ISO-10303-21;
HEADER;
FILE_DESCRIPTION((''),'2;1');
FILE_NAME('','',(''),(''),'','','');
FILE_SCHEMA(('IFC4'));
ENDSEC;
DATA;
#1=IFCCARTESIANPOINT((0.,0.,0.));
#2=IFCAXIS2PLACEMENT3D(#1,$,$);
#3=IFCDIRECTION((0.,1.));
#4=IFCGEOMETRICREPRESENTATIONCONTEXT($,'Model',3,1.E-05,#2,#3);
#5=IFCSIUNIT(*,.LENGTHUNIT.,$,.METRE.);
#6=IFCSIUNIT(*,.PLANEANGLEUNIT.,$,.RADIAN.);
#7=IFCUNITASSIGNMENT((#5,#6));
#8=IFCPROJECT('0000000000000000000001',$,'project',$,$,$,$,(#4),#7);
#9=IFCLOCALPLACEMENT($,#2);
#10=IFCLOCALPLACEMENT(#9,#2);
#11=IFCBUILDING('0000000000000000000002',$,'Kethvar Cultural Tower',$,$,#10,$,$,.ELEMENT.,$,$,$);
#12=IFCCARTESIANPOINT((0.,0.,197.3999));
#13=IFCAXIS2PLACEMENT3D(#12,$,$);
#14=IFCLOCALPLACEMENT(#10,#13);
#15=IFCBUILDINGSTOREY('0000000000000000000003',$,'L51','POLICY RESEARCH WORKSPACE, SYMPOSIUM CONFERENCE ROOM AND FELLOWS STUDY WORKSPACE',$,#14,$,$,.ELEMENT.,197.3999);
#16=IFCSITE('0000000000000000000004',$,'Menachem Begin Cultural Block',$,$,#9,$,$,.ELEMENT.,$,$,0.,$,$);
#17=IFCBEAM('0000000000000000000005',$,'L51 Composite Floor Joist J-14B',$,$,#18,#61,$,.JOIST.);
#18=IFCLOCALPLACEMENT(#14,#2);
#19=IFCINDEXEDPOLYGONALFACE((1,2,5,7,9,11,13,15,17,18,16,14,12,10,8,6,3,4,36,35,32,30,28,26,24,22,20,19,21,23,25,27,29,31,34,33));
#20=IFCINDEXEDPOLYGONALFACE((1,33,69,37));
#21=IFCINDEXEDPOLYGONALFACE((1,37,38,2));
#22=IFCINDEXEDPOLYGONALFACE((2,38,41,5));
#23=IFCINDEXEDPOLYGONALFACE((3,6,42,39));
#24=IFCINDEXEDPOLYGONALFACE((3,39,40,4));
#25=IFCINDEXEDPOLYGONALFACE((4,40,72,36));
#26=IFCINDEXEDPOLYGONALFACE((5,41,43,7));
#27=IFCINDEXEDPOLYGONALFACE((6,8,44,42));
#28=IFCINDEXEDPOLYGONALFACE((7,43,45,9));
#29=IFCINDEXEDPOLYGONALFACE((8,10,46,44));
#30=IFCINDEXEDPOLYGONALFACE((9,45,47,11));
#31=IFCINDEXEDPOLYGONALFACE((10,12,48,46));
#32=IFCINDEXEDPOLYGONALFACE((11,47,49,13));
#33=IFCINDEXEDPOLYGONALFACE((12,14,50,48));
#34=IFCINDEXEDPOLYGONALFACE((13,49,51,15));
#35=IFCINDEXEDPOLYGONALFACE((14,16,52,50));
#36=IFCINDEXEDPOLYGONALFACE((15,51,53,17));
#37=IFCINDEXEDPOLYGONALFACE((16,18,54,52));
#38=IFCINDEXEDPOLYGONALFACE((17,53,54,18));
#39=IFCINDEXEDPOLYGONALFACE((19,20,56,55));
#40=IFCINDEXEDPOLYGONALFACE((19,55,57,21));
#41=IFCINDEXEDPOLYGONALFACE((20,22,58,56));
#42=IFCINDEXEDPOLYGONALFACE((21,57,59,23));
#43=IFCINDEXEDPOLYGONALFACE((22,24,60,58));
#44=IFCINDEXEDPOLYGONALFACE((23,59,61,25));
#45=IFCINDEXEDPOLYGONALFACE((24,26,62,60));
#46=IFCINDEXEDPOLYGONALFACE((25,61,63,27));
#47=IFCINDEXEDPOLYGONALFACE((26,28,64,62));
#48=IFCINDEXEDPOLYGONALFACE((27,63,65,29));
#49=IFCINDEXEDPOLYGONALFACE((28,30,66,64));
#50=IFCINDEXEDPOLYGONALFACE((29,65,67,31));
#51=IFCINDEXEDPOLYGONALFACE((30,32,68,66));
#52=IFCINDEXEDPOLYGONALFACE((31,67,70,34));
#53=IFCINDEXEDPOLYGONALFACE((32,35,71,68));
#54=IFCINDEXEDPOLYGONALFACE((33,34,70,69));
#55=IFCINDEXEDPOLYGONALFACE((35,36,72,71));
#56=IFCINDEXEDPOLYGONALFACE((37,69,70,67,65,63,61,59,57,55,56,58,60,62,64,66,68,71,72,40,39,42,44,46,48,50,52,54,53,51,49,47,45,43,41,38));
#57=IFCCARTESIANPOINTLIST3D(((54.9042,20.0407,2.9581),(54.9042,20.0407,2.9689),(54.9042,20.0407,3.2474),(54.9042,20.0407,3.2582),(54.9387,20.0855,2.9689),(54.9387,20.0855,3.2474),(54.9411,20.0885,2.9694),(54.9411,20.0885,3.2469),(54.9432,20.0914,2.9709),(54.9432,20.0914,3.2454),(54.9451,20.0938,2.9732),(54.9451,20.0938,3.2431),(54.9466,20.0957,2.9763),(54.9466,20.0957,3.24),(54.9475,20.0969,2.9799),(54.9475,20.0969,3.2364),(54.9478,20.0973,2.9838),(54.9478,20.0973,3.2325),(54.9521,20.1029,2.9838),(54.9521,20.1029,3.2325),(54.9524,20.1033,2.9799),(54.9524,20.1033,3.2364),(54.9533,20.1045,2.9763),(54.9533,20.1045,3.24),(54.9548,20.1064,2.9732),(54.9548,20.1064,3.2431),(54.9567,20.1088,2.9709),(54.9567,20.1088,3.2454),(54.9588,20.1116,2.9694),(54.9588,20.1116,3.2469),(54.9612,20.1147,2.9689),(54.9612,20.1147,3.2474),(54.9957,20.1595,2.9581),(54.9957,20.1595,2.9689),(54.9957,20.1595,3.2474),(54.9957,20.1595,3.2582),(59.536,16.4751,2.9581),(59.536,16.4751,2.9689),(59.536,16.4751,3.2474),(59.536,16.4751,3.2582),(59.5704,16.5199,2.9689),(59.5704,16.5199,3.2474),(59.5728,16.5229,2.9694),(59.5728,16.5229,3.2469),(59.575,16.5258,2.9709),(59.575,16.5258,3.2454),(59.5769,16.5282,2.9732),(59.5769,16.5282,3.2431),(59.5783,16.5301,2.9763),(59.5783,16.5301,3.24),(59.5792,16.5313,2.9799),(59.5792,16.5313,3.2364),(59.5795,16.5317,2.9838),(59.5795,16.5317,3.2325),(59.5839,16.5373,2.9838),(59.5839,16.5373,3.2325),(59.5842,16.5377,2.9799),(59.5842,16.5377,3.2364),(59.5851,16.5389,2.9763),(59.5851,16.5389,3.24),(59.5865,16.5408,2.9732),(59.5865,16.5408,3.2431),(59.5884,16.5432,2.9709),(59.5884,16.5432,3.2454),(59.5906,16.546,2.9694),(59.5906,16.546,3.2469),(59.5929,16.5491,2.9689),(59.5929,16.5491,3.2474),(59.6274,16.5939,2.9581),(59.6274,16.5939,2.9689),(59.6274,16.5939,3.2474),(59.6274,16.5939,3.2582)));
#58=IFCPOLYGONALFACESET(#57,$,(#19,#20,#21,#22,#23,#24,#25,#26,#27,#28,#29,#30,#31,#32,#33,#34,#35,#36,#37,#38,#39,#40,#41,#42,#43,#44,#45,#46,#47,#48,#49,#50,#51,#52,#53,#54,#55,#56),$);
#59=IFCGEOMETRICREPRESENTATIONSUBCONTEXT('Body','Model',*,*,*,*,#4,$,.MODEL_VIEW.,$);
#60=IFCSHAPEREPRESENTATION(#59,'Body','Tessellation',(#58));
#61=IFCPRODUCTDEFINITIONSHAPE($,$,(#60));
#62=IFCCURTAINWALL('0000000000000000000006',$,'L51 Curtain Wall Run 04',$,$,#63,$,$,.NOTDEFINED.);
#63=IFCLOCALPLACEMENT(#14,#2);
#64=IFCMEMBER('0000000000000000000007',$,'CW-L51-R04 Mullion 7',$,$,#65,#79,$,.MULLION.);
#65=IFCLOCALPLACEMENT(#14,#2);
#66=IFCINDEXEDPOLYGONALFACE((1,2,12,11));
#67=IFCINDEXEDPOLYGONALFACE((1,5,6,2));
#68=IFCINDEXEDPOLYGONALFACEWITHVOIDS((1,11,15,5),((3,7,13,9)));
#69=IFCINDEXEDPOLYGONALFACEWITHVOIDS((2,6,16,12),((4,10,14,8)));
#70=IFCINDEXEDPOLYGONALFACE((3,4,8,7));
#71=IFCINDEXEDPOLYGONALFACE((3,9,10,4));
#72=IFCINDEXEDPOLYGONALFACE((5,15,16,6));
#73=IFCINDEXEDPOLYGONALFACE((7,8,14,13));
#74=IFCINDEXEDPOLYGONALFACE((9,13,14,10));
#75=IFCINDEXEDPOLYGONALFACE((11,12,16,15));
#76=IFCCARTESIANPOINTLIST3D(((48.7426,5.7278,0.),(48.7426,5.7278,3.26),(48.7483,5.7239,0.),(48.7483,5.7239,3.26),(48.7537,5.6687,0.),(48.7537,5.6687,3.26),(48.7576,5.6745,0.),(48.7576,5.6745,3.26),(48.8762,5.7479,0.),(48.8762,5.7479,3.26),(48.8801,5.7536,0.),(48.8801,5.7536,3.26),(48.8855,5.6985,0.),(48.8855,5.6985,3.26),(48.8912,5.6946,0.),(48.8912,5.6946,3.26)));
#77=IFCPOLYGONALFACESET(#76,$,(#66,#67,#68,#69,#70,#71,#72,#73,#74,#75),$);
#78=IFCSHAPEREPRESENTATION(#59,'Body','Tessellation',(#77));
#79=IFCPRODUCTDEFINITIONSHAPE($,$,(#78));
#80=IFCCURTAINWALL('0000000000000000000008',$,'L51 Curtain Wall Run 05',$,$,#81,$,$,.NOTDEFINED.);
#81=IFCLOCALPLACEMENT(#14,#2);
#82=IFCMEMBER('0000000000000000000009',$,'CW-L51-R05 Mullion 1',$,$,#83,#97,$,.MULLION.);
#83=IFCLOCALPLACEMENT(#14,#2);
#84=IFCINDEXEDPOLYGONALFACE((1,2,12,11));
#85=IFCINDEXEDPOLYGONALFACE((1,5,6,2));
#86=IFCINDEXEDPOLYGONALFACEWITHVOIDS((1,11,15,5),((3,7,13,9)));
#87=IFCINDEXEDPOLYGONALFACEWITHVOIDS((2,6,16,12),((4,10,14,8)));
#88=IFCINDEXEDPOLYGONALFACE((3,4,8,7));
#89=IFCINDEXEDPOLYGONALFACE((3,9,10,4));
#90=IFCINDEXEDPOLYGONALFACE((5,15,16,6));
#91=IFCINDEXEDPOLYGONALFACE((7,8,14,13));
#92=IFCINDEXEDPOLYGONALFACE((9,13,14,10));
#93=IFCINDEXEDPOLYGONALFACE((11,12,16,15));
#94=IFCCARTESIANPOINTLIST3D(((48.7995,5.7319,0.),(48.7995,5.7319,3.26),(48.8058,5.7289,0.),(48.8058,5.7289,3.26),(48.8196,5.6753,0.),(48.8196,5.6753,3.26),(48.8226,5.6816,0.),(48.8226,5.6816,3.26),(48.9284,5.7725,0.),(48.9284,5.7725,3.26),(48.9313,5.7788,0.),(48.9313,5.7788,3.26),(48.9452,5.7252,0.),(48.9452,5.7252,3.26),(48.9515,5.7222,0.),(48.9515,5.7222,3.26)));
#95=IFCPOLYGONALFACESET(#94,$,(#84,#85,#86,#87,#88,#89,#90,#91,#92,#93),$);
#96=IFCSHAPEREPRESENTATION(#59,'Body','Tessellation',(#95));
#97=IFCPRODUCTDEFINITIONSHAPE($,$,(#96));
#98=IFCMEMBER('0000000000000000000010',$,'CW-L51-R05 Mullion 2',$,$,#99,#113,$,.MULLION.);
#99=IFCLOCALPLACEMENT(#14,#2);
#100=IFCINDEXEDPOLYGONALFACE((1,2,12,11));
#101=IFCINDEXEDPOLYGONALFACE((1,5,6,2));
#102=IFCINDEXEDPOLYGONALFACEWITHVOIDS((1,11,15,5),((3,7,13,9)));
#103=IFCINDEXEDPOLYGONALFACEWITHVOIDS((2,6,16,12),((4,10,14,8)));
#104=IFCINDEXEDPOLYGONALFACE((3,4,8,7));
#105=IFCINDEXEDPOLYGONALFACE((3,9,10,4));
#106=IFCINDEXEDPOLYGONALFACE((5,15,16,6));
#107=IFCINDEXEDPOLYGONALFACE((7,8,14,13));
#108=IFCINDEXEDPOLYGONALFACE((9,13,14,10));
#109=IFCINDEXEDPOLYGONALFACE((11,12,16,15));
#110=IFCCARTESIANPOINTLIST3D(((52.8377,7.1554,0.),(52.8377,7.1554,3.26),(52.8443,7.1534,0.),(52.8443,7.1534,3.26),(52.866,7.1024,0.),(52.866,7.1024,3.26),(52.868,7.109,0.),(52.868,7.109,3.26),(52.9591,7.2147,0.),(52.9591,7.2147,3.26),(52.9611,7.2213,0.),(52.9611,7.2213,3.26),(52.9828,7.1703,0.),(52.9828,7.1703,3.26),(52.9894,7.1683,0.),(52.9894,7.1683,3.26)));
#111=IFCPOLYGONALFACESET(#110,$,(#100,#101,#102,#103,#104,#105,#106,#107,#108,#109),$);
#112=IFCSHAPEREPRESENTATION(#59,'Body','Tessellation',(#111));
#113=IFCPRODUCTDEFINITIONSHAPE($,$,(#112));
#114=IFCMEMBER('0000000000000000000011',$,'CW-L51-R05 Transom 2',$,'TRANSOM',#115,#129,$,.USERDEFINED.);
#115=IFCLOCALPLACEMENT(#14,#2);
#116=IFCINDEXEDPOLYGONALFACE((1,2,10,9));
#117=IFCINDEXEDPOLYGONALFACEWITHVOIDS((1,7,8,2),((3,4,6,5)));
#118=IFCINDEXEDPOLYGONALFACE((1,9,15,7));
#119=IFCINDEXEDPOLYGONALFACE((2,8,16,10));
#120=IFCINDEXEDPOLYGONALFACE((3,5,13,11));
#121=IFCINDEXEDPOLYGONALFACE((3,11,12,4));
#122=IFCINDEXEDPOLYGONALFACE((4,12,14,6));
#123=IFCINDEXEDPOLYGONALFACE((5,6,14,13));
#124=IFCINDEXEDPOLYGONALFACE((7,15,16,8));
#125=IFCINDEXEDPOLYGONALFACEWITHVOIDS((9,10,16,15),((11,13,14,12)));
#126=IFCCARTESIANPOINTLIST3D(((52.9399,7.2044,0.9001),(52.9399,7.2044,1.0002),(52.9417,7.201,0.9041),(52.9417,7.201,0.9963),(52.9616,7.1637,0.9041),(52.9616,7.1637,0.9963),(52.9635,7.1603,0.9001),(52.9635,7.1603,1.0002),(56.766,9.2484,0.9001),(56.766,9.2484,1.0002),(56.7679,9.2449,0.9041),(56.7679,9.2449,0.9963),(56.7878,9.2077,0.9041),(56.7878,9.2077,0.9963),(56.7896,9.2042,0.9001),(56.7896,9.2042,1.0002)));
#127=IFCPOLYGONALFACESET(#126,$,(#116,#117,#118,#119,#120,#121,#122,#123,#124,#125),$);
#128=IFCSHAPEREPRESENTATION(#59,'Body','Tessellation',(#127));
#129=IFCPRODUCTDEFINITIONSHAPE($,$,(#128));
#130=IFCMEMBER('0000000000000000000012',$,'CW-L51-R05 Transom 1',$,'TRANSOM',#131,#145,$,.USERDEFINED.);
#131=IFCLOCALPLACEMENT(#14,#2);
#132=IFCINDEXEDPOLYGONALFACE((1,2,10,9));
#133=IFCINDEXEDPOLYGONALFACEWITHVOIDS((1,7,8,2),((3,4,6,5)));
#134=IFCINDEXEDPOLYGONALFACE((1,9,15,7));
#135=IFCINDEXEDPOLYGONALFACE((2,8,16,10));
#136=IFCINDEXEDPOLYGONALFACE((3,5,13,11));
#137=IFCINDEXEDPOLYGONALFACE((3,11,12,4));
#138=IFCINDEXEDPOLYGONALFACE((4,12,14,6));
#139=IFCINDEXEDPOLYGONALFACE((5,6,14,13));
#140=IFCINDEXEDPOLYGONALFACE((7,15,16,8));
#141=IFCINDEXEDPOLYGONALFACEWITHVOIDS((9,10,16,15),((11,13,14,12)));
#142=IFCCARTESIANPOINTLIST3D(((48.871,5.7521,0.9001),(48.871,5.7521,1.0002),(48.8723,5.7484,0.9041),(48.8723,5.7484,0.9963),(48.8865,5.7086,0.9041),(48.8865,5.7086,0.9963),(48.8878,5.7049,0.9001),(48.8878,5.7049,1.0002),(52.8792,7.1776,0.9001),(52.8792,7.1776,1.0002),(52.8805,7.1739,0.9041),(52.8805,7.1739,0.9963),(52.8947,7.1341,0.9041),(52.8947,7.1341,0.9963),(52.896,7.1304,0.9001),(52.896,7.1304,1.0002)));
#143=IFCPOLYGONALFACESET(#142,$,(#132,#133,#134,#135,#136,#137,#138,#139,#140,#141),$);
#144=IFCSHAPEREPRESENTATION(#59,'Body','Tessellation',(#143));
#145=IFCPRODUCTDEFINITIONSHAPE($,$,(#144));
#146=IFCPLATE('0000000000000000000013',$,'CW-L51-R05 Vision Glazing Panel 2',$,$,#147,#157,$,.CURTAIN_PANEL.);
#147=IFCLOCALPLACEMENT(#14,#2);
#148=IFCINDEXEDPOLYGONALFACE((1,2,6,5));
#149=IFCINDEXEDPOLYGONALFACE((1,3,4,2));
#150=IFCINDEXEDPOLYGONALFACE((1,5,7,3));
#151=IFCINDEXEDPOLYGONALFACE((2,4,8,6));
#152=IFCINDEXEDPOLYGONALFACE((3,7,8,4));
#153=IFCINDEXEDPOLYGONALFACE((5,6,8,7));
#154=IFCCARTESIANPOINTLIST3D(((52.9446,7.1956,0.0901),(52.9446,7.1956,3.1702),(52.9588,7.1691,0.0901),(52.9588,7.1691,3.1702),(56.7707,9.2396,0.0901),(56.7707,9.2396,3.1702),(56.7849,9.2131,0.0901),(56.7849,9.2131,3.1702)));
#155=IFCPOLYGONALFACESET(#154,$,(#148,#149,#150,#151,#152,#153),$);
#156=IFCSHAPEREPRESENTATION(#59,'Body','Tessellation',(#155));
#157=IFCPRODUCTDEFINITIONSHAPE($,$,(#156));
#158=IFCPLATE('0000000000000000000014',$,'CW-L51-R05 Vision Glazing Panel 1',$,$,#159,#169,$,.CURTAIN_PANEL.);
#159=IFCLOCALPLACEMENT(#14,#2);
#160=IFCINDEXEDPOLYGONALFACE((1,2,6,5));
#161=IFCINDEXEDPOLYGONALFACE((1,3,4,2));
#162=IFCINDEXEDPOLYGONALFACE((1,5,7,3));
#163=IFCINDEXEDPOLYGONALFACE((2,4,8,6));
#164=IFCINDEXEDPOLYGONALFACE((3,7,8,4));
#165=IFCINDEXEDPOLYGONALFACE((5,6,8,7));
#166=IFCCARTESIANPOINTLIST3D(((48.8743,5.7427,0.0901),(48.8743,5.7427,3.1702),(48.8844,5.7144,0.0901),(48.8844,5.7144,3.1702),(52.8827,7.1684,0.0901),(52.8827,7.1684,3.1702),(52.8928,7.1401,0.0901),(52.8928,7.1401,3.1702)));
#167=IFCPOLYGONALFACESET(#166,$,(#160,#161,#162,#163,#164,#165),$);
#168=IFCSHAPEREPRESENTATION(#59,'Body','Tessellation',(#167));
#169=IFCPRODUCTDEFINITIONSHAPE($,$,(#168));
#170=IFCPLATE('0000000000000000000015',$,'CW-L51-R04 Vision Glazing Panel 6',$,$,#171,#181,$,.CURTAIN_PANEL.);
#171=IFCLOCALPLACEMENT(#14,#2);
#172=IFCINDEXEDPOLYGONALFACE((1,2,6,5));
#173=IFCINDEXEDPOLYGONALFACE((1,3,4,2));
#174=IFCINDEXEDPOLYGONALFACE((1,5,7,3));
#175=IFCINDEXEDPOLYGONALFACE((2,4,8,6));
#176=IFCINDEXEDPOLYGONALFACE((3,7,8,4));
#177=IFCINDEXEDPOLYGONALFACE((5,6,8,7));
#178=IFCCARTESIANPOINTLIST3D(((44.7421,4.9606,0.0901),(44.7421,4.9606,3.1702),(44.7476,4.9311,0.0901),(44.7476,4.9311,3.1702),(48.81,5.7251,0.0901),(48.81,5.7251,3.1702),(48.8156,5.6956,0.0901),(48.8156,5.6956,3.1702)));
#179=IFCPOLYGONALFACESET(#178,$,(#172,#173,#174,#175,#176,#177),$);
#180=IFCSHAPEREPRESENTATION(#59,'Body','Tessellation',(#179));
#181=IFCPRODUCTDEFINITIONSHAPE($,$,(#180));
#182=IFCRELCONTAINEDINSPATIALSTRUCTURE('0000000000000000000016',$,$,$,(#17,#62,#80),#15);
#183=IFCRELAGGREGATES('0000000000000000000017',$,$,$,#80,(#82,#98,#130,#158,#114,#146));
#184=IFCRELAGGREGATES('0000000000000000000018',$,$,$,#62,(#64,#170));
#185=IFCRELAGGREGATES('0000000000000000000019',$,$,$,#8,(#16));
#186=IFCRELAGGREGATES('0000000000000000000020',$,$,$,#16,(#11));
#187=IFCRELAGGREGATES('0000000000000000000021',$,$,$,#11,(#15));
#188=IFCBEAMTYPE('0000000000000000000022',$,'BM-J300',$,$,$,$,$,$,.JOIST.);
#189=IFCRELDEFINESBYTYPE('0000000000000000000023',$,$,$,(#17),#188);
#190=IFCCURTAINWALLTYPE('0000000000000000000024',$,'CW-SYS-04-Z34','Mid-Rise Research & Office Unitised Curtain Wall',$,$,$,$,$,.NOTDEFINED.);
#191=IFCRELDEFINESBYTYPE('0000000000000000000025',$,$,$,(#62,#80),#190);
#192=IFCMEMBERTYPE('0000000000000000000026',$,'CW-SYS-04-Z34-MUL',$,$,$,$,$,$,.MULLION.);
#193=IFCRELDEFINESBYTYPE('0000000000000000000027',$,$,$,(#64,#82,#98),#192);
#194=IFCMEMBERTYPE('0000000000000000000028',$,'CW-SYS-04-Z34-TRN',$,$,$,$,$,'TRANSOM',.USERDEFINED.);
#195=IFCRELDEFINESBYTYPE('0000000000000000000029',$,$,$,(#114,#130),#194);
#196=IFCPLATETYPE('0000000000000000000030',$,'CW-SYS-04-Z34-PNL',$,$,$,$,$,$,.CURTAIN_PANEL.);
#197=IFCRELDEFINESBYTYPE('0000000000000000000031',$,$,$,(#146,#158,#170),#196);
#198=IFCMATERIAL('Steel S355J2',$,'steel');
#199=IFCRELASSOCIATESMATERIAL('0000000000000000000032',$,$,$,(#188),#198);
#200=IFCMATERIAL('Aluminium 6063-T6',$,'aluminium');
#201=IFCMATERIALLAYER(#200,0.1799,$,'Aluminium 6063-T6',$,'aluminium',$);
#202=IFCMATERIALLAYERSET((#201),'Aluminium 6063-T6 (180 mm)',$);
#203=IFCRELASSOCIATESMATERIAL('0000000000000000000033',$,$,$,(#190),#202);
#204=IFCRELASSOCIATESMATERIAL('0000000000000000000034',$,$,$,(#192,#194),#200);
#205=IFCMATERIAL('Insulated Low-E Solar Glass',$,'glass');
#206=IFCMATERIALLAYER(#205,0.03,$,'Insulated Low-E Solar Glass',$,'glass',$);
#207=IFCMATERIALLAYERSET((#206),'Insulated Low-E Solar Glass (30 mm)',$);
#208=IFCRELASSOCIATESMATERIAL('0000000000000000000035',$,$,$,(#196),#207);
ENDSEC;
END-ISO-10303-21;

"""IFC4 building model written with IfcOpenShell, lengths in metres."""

from ifc_helpers import new_model, si_unit, direction, frame, origin, origin_2d, place, context, subcontext, project, spatial, rectangle, hollow_rectangle, i_section, extrude, source, transform, mapped, material, layer, layer_set, material_profile, profile_set, type_object, element, aggregate, save


model = new_model("IFC4")

# Units and contexts
model_context = context("Model", 3, precision=1e-05, world=origin(), true_north=direction((0.0, 1.0)))
body_context = subcontext(model_context, "Body", "Model", "MODEL_VIEW")
ifc_project = project(units=[si_unit("LENGTHUNIT", "METRE"), si_unit("PLANEANGLEUNIT", "RADIAN")], contexts=[model_context])

# Site, building, storey
site_placement = place(None, origin())
site = spatial("IfcSite", under=ifc_project, at=site_placement, Name="Menachem Begin Cultural Block", CompositionType="ELEMENT", RefElevation=0.0)
building_placement = place(site_placement, origin())
building = spatial("IfcBuilding", under=site, at=building_placement, Name="Kethvar Cultural Tower", CompositionType="ELEMENT")
storey_placement = place(building_placement, frame((0.0, 0.0, 197.3999)))
storey = spatial("IfcBuildingStorey", under=building, at=storey_placement, Name="L51", Description="POLICY RESEARCH WORKSPACE, SYMPOSIUM CONFERENCE ROOM AND FELLOWS STUDY WORKSPACE", CompositionType="ELEMENT", Elevation=197.3999)

# Beam
ifc_material_1 = material(Name="Steel S355J2", Category="steel")
ifc_material_profile_1 = material_profile(ifc_material_1, i_section(OverallWidth=0.1499, OverallDepth=0.3, WebThickness=0.0071, FlangeThickness=0.0107, FilletRadius=0.0149, at=origin_2d()), Name="Steel S355J2 — IPE300")
ifc_profile_set_1 = profile_set([ifc_material_profile_1], Name="Steel S355J2 — IPE300")
beam_type_1 = type_object("IfcBeamType", Name="BM-J300", PredefinedType="JOIST", material=ifc_profile_set_1)
shared_shape_1 = source(origin(), body_context, "Body", "SweptSolid", [
    extrude(i_section(OverallWidth=0.1499, OverallDepth=0.3, WebThickness=0.0071, FlangeThickness=0.0107, FilletRadius=0.0149, at=origin_2d()), origin(), (0.0, 0.0, 1.0), 5.8452),
])
beam_1_placement = place(storey_placement, frame((54.95, 20.1001, 3.1082), z_axis=(0.792399, -0.610003, 0.0), x_axis=(0.610003, 0.792399, 0.0)))
element("IfcBeam", 1, at=beam_1_placement, inside=storey, type_object=beam_type_1, Name="L51 Composite Floor Joist J-14B", PredefinedType="JOIST", context=body_context, shape_type="MappedRepresentation", body=[
    mapped(shared_shape_1, transform((0.0, 0.0, 0.0), scale=1.0)),
])

# Curtain wall, member
ifc_material_2 = material(Name="Aluminium 6063-T6", Category="aluminium")
ifc_layer_1 = layer(ifc_material_2, 0.1799, Name="Aluminium 6063-T6", Category="aluminium")
ifc_layer_set_1 = layer_set([ifc_layer_1], Name="Aluminium 6063-T6 (180 mm)")
curtain_wall_type = type_object("IfcCurtainWallType", Name="CW-SYS-04-Z34", Description="Mid-Rise Research & Office Unitised Curtain Wall", PredefinedType="NOTDEFINED", material=ifc_layer_set_1)
curtain_wall_1_placement = place(storey_placement, origin())
curtain_wall_1 = element("IfcCurtainWall", 2, at=curtain_wall_1_placement, inside=storey, type_object=curtain_wall_type, Name="L51 Curtain Wall Run 04", PredefinedType="NOTDEFINED")
ifc_material_profile_2 = material_profile(ifc_material_2, hollow_rectangle(XDim=0.0601, YDim=0.1399, WallThickness=0.0049, at=origin_2d()), Name="Aluminium 6063-T6 — RHS140x60x5")
ifc_profile_set_2 = profile_set([ifc_material_profile_2], Name="Aluminium 6063-T6 — RHS140x60x5")
member_type_1 = type_object("IfcMemberType", Name="CW-SYS-04-Z34-MUL", PredefinedType="MULLION", material=ifc_profile_set_2)
shared_shape_2 = source(origin(), body_context, "Body", "SweptSolid", [
    extrude(hollow_rectangle(XDim=0.0601, YDim=0.1399, WallThickness=0.0049, at=origin_2d()), origin(), (0.0, 0.0, 1.0), 3.26),
])
member_1_placement = place(storey_placement, frame((48.8169, 5.7112, 0.0), z_axis=(0.0, 0.0, 1.0), x_axis=(-0.184706, 0.982794, 0.0)))
member_1 = element("IfcMember", 3, at=member_1_placement, type_object=member_type_1, Name="CW-L51-R04 Mullion 7", PredefinedType="MULLION", context=body_context, shape_type="MappedRepresentation", body=[
    mapped(shared_shape_2, transform((0.0, 0.0, 0.0), scale=1.0)),
])

# Curtain wall, members, plates
curtain_wall_2_placement = place(storey_placement, origin())
curtain_wall_2 = element("IfcCurtainWall", 4, at=curtain_wall_2_placement, inside=storey, type_object=curtain_wall_type, Name="L51 Curtain Wall Run 05", PredefinedType="NOTDEFINED")
member_2_placement = place(storey_placement, frame((48.8755, 5.7271, 0.0), z_axis=(0.0, 0.0, 1.0), x_axis=(-0.335106, 0.94218, 0.0)))
member_2 = element("IfcMember", 5, at=member_2_placement, type_object=member_type_1, Name="CW-L51-R05 Mullion 1", PredefinedType="MULLION", context=body_context, shape_type="MappedRepresentation", body=[
    mapped(shared_shape_2, transform((0.0, 0.0, 0.0), scale=1.0)),
])
member_3_placement = place(storey_placement, frame((52.9136, 7.1619, 0.0), z_axis=(0.0, 0.0, 1.0), x_axis=(-0.471212, 0.88202, 0.0)))
member_3 = element("IfcMember", 6, at=member_3_placement, type_object=member_type_1, Name="CW-L51-R05 Mullion 2", PredefinedType="MULLION", context=body_context, shape_type="MappedRepresentation", body=[
    mapped(shared_shape_2, transform((0.0, 0.0, 0.0), scale=1.0)),
])
ifc_material_profile_3 = material_profile(ifc_material_2, hollow_rectangle(XDim=0.05, YDim=0.1001, WallThickness=0.0039, at=origin_2d()), Name="Aluminium 6063-T6 — RHS100x50x4")
ifc_profile_set_3 = profile_set([ifc_material_profile_3], Name="Aluminium 6063-T6 — RHS100x50x4")
member_type_2 = type_object("IfcMemberType", Name="CW-SYS-04-Z34-TRN", ElementType="TRANSOM", PredefinedType="USERDEFINED", material=ifc_profile_set_3)
shared_shape_3 = source(origin(), body_context, "Body", "SweptSolid", [
    extrude(hollow_rectangle(XDim=0.05, YDim=0.1001, WallThickness=0.0039, at=origin_2d()), origin(), (0.0, 0.0, 1.0), 4.3379),
])
member_4_placement = place(storey_placement, frame((52.9517, 7.1824, 0.9502), z_axis=(0.882035, 0.471184, 0.0), x_axis=(-0.471184, 0.882035, 0.0)))
member_4 = element("IfcMember", 7, at=member_4_placement, type_object=member_type_2, Name="CW-L51-R05 Transom 2", ObjectType="TRANSOM", PredefinedType="USERDEFINED", context=body_context, shape_type="MappedRepresentation", body=[
    mapped(shared_shape_3, transform((0.0, 0.0, 0.0), scale=1.0)),
])
shared_shape_4 = source(origin(), body_context, "Body", "SweptSolid", [
    extrude(hollow_rectangle(XDim=0.05, YDim=0.1001, WallThickness=0.0039, at=origin_2d()), origin(), (0.0, 0.0, 1.0), 4.2542),
])
member_5_placement = place(storey_placement, frame((48.8794, 5.7285, 0.9502), z_axis=(0.942188, 0.335086, 0.0), x_axis=(-0.335086, 0.942188, 0.0)))
member_5 = element("IfcMember", 8, at=member_5_placement, type_object=member_type_2, Name="CW-L51-R05 Transom 1", ObjectType="TRANSOM", PredefinedType="USERDEFINED", context=body_context, shape_type="MappedRepresentation", body=[
    mapped(shared_shape_4, transform((0.0, 0.0, 0.0), scale=1.0)),
])
ifc_material_3 = material(Name="Insulated Low-E Solar Glass", Category="glass")
ifc_layer_2 = layer(ifc_material_3, 0.03, Name="Insulated Low-E Solar Glass", Category="glass")
ifc_layer_set_2 = layer_set([ifc_layer_2], Name="Insulated Low-E Solar Glass (30 mm)")
plate_type = type_object("IfcPlateType", Name="CW-SYS-04-Z34-PNL", PredefinedType="CURTAIN_PANEL", material=ifc_layer_set_2)
shared_shape_5 = source(origin(), body_context, "Body", "SweptSolid", [
    extrude(rectangle(XDim=4.3379, YDim=0.03, at=origin_2d()), origin(), (0.0, 0.0, 1.0), 3.0801),
])
plate_1_placement = place(storey_placement, frame((54.8647, 8.2043, 0.0901), z_axis=(0.0, 0.0, 1.0), x_axis=(0.88202, 0.471212, 0.0)))
plate_1 = element("IfcPlate", 9, at=plate_1_placement, type_object=plate_type, Name="CW-L51-R05 Vision Glazing Panel 2", PredefinedType="CURTAIN_PANEL", context=body_context, shape_type="MappedRepresentation", body=[
    mapped(shared_shape_5, transform((0.0, 0.0, 0.0), scale=1.0)),
])
shared_shape_6 = source(origin(), body_context, "Body", "SweptSolid", [
    extrude(rectangle(XDim=4.2544, YDim=0.03, at=origin_2d()), origin(), (0.0, 0.0, 1.0), 3.0801),
])
plate_2_placement = place(storey_placement, frame((50.8835, 6.4414, 0.0901), z_axis=(0.0, 0.0, 1.0), x_axis=(0.94218, 0.335106, 0.0)))
plate_2 = element("IfcPlate", 10, at=plate_2_placement, type_object=plate_type, Name="CW-L51-R05 Vision Glazing Panel 1", PredefinedType="CURTAIN_PANEL", context=body_context, shape_type="MappedRepresentation", body=[
    mapped(shared_shape_6, transform((0.0, 0.0, 0.0), scale=1.0)),
])
aggregate(curtain_wall_2, [member_2, member_3, member_5, plate_2, member_4, plate_1])

# Plate
shared_shape_7 = source(origin(), body_context, "Body", "SweptSolid", [
    extrude(rectangle(XDim=4.1392, YDim=0.03, at=origin_2d()), origin(), (0.0, 0.0, 1.0), 3.0801),
])
plate_3_placement = place(storey_placement, frame((46.7788, 5.3281, 0.0901), z_axis=(0.0, 0.0, 1.0), x_axis=(0.982794, 0.184706, 0.0)))
plate_3 = element("IfcPlate", 11, at=plate_3_placement, type_object=plate_type, Name="CW-L51-R04 Vision Glazing Panel 6", PredefinedType="CURTAIN_PANEL", context=body_context, shape_type="MappedRepresentation", body=[
    mapped(shared_shape_7, transform((0.0, 0.0, 0.0), scale=1.0)),
])
aggregate(curtain_wall_1, [member_1, plate_3])

save(model, "model.ifc")
